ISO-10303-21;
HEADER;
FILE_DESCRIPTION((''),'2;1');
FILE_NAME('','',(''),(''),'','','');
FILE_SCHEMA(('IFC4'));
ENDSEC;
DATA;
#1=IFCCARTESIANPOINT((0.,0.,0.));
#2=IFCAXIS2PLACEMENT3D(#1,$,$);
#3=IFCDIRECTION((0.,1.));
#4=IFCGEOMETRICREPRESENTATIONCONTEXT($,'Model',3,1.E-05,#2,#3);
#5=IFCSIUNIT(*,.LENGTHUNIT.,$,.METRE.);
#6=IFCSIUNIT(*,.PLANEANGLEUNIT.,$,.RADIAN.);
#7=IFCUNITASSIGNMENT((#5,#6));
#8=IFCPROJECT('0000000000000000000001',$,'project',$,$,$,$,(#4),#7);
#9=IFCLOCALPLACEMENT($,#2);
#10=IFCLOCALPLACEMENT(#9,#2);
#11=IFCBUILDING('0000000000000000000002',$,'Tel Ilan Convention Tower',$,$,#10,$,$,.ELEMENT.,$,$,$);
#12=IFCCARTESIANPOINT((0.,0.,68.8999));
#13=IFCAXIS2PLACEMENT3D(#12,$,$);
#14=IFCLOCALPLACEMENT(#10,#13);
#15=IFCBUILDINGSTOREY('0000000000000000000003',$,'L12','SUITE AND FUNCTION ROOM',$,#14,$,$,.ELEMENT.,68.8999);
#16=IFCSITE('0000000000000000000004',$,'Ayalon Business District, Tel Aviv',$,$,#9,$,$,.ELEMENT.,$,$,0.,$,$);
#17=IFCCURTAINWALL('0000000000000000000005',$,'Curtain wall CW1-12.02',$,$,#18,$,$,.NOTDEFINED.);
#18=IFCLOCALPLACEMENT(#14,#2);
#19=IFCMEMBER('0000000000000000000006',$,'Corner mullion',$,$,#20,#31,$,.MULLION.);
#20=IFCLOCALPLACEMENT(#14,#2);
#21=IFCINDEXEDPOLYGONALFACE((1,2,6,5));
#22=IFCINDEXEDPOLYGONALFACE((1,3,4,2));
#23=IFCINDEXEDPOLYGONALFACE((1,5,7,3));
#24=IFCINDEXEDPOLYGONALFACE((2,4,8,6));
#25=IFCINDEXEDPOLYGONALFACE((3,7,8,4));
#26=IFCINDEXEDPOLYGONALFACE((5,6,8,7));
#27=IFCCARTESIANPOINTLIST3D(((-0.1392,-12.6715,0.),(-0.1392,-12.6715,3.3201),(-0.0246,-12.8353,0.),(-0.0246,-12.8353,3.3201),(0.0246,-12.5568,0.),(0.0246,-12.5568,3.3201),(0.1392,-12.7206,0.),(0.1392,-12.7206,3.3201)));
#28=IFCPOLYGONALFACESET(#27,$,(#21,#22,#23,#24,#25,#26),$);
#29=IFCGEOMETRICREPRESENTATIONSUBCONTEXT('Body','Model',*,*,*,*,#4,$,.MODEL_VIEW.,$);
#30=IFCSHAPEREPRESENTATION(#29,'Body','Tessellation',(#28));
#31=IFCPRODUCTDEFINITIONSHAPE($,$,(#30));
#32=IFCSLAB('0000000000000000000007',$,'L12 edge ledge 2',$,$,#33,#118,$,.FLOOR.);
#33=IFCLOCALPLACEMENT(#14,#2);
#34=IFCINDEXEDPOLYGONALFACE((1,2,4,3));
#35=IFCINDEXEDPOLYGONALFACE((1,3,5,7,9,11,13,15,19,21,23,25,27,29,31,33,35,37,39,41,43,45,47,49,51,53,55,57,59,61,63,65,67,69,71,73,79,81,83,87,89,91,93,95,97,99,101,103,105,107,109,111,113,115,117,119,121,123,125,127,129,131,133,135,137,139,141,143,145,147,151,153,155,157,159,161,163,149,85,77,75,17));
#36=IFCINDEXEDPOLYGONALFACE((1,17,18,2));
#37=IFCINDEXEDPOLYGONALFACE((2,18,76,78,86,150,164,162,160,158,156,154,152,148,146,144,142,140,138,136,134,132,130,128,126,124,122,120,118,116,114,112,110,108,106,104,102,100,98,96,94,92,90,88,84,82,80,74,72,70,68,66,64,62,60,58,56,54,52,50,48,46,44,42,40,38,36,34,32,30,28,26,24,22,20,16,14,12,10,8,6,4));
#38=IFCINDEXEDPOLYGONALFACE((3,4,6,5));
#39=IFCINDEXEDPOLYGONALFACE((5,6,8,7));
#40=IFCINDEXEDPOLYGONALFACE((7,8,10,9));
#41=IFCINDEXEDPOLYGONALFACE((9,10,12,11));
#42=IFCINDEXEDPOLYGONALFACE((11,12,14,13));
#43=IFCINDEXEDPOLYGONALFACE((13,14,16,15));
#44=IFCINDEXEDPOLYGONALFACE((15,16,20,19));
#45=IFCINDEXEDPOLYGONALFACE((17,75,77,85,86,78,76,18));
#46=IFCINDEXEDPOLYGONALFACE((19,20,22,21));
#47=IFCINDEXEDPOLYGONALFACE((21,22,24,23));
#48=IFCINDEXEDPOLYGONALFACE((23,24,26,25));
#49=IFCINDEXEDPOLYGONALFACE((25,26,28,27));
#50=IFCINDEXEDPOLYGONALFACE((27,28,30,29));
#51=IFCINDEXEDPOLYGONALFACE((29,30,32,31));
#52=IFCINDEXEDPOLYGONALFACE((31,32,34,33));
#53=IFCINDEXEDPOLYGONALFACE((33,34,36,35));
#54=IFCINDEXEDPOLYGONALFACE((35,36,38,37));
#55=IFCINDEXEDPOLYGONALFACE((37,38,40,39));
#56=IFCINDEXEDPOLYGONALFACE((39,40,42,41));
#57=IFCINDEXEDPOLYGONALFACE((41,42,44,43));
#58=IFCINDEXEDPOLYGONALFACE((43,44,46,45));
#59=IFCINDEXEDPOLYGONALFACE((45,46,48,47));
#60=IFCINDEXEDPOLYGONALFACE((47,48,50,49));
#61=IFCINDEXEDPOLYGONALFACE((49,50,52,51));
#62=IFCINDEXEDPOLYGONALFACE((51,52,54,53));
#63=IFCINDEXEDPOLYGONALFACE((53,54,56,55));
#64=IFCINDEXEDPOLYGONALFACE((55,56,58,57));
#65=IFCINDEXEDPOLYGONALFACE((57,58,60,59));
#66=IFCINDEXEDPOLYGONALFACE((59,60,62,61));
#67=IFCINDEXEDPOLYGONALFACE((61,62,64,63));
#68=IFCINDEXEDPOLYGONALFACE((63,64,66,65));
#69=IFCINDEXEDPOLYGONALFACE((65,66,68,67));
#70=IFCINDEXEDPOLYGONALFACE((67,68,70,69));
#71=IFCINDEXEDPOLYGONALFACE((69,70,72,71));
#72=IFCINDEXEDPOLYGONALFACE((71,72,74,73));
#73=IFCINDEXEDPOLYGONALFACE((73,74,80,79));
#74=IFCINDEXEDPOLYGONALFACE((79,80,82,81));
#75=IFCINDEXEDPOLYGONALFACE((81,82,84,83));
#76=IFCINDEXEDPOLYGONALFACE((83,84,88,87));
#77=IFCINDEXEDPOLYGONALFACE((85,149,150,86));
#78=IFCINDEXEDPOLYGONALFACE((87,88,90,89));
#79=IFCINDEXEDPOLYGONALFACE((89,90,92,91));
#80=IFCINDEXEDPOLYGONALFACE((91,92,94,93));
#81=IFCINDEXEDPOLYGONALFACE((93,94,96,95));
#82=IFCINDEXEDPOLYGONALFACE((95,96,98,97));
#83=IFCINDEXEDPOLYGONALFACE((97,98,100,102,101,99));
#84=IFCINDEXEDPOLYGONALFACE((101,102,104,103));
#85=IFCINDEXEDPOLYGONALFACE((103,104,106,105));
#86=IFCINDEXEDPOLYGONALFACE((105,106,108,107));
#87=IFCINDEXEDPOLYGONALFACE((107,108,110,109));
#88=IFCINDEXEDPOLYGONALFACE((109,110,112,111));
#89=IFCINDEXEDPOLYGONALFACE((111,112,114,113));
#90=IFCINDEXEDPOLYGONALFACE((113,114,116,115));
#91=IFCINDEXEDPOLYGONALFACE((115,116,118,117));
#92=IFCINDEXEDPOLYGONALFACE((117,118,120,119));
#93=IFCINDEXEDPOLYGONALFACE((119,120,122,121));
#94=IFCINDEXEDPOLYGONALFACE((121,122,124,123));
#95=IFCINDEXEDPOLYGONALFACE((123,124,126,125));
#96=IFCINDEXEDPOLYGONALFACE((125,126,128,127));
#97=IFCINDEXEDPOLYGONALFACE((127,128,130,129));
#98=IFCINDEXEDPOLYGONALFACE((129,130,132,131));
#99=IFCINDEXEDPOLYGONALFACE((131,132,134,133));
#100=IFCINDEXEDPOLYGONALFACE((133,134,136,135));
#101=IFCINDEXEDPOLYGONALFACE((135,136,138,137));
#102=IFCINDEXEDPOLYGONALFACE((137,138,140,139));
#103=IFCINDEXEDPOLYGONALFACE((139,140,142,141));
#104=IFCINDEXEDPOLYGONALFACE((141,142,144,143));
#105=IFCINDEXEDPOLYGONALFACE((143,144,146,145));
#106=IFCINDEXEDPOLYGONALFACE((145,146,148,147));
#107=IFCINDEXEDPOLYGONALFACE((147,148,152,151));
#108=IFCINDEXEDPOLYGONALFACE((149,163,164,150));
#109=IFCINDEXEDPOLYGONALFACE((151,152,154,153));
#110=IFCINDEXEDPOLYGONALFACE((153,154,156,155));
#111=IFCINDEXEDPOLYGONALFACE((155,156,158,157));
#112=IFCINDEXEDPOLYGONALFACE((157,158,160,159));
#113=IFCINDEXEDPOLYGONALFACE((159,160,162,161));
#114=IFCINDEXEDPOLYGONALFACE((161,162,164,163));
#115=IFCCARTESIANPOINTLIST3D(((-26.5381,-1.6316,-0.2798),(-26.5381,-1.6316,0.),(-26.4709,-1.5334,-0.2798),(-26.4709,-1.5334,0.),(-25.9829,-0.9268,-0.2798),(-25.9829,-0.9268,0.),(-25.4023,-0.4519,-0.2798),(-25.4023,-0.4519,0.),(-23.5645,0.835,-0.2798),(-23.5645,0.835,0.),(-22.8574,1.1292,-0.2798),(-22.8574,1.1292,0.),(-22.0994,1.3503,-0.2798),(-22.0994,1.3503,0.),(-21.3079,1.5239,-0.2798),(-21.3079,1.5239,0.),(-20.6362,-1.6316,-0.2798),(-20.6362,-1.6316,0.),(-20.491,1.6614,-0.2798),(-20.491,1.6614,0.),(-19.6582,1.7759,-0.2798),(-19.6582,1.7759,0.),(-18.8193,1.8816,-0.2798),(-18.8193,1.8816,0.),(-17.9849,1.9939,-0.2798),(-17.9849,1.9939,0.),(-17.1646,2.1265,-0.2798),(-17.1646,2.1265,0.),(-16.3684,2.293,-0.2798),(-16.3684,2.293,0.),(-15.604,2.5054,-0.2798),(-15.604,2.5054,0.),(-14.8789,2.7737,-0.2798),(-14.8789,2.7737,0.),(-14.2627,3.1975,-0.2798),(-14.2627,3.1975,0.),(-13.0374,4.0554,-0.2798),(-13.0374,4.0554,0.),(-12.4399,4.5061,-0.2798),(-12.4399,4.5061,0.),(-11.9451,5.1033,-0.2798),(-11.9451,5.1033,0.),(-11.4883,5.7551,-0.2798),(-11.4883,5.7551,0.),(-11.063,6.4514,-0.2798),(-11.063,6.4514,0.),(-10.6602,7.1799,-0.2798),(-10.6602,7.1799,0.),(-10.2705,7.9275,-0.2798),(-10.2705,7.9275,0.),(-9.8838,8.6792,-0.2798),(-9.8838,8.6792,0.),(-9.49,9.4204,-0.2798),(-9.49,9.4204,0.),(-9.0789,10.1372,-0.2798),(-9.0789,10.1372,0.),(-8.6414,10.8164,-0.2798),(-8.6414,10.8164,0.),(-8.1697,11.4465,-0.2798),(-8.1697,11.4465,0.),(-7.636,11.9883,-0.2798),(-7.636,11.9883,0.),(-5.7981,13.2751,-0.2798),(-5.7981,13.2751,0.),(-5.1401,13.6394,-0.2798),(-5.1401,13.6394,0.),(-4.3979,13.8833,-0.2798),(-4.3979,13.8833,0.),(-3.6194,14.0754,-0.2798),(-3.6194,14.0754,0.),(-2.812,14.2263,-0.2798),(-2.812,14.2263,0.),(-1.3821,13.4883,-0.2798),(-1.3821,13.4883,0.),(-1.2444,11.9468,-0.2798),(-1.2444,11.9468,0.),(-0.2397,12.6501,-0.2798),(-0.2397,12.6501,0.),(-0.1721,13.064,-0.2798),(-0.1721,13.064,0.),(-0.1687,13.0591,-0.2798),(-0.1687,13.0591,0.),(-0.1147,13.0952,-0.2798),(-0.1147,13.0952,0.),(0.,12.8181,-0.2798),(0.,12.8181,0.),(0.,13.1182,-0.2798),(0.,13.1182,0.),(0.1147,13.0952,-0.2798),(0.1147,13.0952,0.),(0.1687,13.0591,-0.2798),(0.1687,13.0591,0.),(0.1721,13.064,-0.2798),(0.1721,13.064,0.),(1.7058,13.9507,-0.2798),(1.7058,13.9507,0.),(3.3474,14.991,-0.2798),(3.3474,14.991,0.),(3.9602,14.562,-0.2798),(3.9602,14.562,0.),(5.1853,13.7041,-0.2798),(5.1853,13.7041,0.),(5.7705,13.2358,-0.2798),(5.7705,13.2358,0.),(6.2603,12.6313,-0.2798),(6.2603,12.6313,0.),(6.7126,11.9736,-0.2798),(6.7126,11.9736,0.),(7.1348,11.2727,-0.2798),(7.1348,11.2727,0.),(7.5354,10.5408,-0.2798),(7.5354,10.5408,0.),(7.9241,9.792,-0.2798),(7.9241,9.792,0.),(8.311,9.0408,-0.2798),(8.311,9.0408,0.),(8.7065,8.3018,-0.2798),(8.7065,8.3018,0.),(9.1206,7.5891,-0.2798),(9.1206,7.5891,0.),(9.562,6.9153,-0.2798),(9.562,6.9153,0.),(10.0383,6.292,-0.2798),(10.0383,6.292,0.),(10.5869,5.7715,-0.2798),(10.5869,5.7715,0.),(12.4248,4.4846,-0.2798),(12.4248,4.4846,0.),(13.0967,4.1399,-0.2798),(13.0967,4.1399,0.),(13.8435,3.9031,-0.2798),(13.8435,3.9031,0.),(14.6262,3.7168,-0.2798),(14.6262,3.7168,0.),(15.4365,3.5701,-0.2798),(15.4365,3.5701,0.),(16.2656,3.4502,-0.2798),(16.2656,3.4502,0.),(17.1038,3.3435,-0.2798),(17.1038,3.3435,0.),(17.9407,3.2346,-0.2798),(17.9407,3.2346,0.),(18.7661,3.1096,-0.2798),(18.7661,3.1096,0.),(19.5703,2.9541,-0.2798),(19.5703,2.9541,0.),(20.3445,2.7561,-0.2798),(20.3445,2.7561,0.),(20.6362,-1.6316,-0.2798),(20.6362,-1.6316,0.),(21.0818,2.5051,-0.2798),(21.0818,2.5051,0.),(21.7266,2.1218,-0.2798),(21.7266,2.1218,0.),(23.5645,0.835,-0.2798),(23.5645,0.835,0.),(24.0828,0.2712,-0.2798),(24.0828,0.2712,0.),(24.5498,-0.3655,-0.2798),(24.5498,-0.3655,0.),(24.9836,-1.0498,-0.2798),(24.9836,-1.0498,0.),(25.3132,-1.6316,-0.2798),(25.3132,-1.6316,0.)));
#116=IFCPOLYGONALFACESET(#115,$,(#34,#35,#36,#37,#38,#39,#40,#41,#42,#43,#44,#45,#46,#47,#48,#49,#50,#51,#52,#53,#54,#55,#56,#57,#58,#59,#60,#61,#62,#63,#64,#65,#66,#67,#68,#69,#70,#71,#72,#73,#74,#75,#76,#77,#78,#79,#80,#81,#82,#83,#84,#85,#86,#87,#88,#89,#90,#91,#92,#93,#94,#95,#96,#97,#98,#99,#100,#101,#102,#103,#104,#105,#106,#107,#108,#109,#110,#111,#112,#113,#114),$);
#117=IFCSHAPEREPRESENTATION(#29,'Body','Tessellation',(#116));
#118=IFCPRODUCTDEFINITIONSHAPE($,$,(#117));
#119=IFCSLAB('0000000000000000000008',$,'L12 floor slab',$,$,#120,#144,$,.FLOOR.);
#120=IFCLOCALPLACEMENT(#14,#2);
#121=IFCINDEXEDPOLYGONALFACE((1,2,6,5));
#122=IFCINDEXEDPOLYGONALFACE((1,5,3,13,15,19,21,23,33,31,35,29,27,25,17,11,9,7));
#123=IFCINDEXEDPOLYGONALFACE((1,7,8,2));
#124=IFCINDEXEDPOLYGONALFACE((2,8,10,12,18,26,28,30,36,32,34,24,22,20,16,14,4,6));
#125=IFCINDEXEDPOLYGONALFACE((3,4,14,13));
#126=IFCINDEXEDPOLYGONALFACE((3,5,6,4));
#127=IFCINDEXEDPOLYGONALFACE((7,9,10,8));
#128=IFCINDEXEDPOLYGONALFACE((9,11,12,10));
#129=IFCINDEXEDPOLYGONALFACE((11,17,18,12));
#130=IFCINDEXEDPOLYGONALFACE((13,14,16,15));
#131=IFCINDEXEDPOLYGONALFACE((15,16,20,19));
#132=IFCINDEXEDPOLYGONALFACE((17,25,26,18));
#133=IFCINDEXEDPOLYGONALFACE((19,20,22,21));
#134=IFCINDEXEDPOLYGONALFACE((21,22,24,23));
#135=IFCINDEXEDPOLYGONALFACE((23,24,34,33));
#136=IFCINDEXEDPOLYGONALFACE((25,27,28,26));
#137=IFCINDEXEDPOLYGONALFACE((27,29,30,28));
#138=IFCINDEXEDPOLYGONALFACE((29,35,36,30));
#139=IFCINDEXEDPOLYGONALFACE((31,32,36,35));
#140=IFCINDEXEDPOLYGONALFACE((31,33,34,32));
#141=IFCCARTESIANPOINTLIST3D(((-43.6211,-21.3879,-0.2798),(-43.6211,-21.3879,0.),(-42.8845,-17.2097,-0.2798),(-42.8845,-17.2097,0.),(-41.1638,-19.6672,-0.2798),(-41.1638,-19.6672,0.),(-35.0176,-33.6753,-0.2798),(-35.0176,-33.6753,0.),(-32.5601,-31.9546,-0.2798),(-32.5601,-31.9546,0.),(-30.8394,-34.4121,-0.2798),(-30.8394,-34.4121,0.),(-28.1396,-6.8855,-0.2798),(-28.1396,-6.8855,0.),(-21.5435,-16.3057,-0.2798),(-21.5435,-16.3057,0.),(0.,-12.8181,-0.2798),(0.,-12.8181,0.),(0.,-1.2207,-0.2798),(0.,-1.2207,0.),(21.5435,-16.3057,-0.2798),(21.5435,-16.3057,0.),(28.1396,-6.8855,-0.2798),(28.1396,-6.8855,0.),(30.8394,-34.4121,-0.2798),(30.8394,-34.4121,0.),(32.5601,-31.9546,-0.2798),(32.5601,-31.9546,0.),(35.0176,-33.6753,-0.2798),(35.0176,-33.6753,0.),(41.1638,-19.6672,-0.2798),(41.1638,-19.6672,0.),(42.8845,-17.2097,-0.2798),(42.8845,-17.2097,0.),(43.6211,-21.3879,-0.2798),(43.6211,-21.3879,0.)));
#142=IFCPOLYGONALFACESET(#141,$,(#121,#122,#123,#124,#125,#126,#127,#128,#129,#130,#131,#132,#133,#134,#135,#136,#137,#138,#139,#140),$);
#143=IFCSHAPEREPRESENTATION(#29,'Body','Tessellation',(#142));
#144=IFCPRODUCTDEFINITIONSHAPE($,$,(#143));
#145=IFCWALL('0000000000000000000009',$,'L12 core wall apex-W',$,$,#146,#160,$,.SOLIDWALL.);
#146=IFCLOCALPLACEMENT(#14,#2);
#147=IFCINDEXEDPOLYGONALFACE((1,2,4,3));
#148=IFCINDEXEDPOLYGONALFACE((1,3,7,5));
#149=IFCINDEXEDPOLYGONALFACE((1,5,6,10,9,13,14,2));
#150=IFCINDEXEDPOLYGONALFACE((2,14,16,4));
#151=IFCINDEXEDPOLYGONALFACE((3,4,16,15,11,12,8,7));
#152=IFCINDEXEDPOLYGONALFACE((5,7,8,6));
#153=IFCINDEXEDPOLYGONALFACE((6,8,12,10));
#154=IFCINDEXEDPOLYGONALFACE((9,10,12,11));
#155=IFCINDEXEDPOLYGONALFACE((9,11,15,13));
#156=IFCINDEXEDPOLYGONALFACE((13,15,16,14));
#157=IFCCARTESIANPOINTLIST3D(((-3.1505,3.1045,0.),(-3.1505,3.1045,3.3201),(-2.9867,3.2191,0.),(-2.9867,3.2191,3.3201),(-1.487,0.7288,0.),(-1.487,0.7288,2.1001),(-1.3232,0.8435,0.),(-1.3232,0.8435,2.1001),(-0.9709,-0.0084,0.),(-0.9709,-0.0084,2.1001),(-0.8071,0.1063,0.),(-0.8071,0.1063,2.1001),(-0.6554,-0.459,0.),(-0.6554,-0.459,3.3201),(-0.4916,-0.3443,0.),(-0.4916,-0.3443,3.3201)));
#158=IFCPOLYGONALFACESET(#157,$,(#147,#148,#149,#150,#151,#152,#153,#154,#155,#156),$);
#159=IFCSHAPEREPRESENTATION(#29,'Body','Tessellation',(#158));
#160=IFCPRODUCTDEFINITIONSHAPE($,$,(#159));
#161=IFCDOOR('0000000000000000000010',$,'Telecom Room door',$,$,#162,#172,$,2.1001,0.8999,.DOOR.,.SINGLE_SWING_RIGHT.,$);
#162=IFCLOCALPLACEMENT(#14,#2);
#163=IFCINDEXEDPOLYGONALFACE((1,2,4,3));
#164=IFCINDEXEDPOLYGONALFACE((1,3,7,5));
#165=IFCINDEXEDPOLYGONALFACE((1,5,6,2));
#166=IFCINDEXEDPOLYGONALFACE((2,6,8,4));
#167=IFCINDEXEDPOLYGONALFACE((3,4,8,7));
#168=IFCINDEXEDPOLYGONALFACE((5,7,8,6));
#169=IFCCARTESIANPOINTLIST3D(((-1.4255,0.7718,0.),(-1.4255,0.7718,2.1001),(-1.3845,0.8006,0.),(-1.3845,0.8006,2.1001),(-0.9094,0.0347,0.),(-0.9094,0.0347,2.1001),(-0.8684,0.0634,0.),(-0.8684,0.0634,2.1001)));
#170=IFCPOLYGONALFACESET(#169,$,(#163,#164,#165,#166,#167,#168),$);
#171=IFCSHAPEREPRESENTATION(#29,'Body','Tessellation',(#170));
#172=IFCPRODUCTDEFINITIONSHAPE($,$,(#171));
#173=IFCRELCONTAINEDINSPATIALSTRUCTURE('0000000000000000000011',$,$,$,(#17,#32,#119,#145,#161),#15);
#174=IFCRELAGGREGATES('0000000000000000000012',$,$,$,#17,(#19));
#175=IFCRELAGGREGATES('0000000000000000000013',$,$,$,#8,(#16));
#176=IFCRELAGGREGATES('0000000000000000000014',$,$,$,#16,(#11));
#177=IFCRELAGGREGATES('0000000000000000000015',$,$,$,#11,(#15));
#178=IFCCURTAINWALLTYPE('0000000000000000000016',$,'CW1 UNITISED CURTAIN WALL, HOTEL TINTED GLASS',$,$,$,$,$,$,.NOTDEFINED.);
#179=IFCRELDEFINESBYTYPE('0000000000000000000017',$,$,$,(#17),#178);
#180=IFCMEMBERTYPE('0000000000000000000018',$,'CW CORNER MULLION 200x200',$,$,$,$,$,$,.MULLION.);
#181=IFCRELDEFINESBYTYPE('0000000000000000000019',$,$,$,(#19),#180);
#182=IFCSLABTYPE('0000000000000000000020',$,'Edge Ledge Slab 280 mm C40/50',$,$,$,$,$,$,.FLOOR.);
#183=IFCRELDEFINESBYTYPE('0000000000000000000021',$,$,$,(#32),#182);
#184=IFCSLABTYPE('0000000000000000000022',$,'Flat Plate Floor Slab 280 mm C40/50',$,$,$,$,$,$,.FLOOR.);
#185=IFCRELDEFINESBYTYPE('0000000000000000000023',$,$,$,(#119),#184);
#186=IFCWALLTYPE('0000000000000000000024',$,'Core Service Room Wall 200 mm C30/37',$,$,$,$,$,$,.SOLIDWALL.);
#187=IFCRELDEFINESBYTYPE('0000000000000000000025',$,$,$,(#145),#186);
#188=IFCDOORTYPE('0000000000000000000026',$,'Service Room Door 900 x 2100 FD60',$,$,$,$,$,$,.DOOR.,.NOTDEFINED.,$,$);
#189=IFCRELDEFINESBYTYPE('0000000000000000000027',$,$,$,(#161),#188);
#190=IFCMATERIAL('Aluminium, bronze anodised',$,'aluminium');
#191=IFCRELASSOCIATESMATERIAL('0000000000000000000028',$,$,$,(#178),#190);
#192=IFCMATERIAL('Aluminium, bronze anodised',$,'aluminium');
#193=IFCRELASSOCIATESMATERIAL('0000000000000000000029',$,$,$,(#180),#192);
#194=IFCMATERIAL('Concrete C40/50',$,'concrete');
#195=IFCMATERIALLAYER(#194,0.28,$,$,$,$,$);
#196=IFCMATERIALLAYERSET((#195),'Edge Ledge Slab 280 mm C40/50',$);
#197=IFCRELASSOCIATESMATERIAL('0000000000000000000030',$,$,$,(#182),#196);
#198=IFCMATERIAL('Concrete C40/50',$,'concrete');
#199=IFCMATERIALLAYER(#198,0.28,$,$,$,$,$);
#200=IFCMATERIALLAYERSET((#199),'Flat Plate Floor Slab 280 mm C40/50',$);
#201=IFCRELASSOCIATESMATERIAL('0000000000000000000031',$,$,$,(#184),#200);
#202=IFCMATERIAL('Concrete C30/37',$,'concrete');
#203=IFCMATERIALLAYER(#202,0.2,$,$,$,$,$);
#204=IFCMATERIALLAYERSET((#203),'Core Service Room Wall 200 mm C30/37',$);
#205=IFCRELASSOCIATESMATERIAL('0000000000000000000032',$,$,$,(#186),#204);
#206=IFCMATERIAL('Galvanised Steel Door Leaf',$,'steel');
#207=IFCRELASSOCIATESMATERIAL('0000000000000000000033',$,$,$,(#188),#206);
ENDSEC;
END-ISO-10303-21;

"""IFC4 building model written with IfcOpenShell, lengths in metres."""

from ifc_helpers import new_model, si_unit, direction, frame, frame_2d, origin, origin_2d, place, context, subcontext, project, spatial, polyline, rectangle, outline, extrude, material, layer, layer_set, material_profile, profile_set, type_object, element, fill, aggregate, save


model = new_model("IFC4")

# Units and contexts
model_context = context("Model", 3, precision=1e-05, world=origin(), true_north=direction((0.0, 1.0)))
body_context = subcontext(model_context, "Body", "Model", "MODEL_VIEW")
ifc_project = project(units=[si_unit("LENGTHUNIT", "METRE"), si_unit("PLANEANGLEUNIT", "RADIAN")], contexts=[model_context])

# Site, building, storey
site_placement = place(None, origin())
site = spatial("IfcSite", under=ifc_project, at=site_placement, Name="Ayalon Business District, Tel Aviv", CompositionType="ELEMENT", RefElevation=0.0)
building_placement = place(site_placement, origin())
building = spatial("IfcBuilding", under=site, at=building_placement, Name="Tel Ilan Convention Tower", CompositionType="ELEMENT")
storey_placement = place(building_placement, frame((0.0, 0.0, 68.8999)))
storey = spatial("IfcBuildingStorey", under=building, at=storey_placement, Name="L12", Description="SUITE AND FUNCTION ROOM", CompositionType="ELEMENT", Elevation=68.8999)

# Curtain wall, member
ifc_material_1 = material(Name="Aluminium, bronze anodised", Category="aluminium")
curtain_wall_type = type_object("IfcCurtainWallType", Name="CW1 UNITISED CURTAIN WALL, HOTEL TINTED GLASS", PredefinedType="NOTDEFINED", material=ifc_material_1)
curtain_wall_placement = place(storey_placement, origin())
curtain_wall = element("IfcCurtainWall", 1, at=curtain_wall_placement, inside=storey, type_object=curtain_wall_type, Name="Curtain wall CW1-12.02", PredefinedType="NOTDEFINED")
ifc_material_2 = material(Name="Aluminium, bronze anodised", Category="aluminium")
ifc_material_profile = material_profile(ifc_material_2, rectangle(XDim=0.2, YDim=0.2, at=origin_2d()), Name="CW CORNER MULLION 200x200")
ifc_profile_set = profile_set([ifc_material_profile], Name="Aluminium, bronze anodised")
member_type = type_object("IfcMemberType", Name="CW CORNER MULLION 200x200", PredefinedType="MULLION", material=ifc_profile_set)
member_placement = place(storey_placement, frame((0.0, -12.696, 0.0), z_axis=(0.0, 0.0, 1.0), x_axis=(0.819152, 0.573576, 0.0)))
member = element("IfcMember", 2, at=member_placement, type_object=member_type, Name="Corner mullion", PredefinedType="MULLION", context=body_context, shape_type="SweptSolid", body=[
    extrude(rectangle(XDim=0.2, YDim=0.2, at=origin_2d()), origin(), (0.0, 0.0, 1.0), 3.3201),
])
aggregate(curtain_wall, [member])

# Slabs
ifc_material_3 = material(Name="Concrete C40/50", Category="concrete")
ifc_layer_1 = layer(ifc_material_3, 0.28)
ifc_layer_set_1 = layer_set([ifc_layer_1], Name="Edge Ledge Slab 280 mm C40/50")
slab_type_1 = type_object("IfcSlabType", Name="Edge Ledge Slab 280 mm C40/50", PredefinedType="FLOOR", material=ifc_layer_set_1)
slab_1_placement = place(storey_placement, frame((0.0, 0.0, -0.2798)))
element("IfcSlab", 3, at=slab_1_placement, inside=storey, type_object=slab_type_1, Name="L12 edge ledge 2", PredefinedType="FLOOR", context=body_context, shape_type="SweptSolid", body=[
    extrude(outline(polyline([(-23.5645, 0.835), (-22.8574, 1.1292), (-22.0994, 1.3503), (-21.3079, 1.5239), (-20.491, 1.6614), (-19.6582, 1.7759), (-18.8193, 1.8816), (-17.9849, 1.9939), (-17.1646, 2.1265), (-16.3684, 2.293), (-15.604, 2.5054), (-14.8789, 2.7737), (-14.2627, 3.1975), (-13.0374, 4.0554), (-12.4399, 4.5061), (-11.9451, 5.1033), (-11.4883, 5.7551), (-11.063, 6.4514), (-10.6602, 7.1799), (-10.2705, 7.9275), (-9.8838, 8.6792), (-9.49, 9.4204), (-9.0789, 10.1372), (-8.6414, 10.8164), (-8.1697, 11.4465), (-7.636, 11.9883), (-5.7981, 13.2751), (-5.1401, 13.6394), (-4.3979, 13.8833), (-3.6194, 14.0754), (-2.812, 14.2263), (-1.3821, 13.4883), (-0.1721, 13.064), (-0.1687, 13.0591), (-0.1147, 13.0952), (0.0, 13.1182), (0.1147, 13.0952), (0.1687, 13.0591), (0.1721, 13.064), (1.7058, 13.9507), (3.3474, 14.991), (3.9602, 14.562), (5.1853, 13.7041), (5.7705, 13.2358), (6.2603, 12.6313), (6.7126, 11.9736), (7.1348, 11.2727), (7.5354, 10.5408), (7.9241, 9.792), (8.311, 9.0408), (8.7065, 8.3018), (9.1206, 7.5891), (9.562, 6.9153), (10.0383, 6.292), (10.5869, 5.7715), (12.4248, 4.4846), (13.0967, 4.1399), (13.8435, 3.9031), (14.6262, 3.7168), (15.4365, 3.5701), (16.2656, 3.4502), (17.1038, 3.3435), (17.9407, 3.2346), (18.7661, 3.1096), (19.5703, 2.9541), (20.3445, 2.7561), (21.0818, 2.5051), (21.7266, 2.1218), (23.5645, 0.835), (24.0828, 0.2712), (24.5498, -0.3655), (24.9836, -1.0498), (25.3132, -1.6316), (20.6362, -1.6316), (0.0, 12.8181), (-0.2397, 12.6501), (-1.2444, 11.9468), (-20.6362, -1.6316), (-26.5381, -1.6316), (-26.4709, -1.5334), (-25.9829, -0.9268), (-25.4023, -0.4519), (-23.5645, 0.835)])), origin(), (0.0, 0.0, 1.0), 0.2798),
])
ifc_material_4 = material(Name="Concrete C40/50", Category="concrete")
ifc_layer_2 = layer(ifc_material_4, 0.28)
ifc_layer_set_2 = layer_set([ifc_layer_2], Name="Flat Plate Floor Slab 280 mm C40/50")
slab_type_2 = type_object("IfcSlabType", Name="Flat Plate Floor Slab 280 mm C40/50", PredefinedType="FLOOR", material=ifc_layer_set_2)
slab_2_placement = place(storey_placement, frame((0.0, 0.0, -0.2798)))
element("IfcSlab", 4, at=slab_2_placement, inside=storey, type_object=slab_type_2, Name="L12 floor slab", PredefinedType="FLOOR", context=body_context, shape_type="SweptSolid", body=[
    extrude(outline(polyline([(-21.5435, -16.3057), (0.0, -1.2207), (21.5435, -16.3057), (28.1396, -6.8855), (42.8845, -17.2097), (41.1638, -19.6672), (43.6211, -21.3879), (35.0176, -33.6753), (32.5601, -31.9546), (30.8394, -34.4121), (0.0, -12.8181), (-30.8394, -34.4121), (-32.5601, -31.9546), (-35.0176, -33.6753), (-43.6211, -21.3879), (-41.1638, -19.6672), (-42.8845, -17.2097), (-28.1396, -6.8855), (-21.5435, -16.3057)])), origin(), (0.0, 0.0, 1.0), 0.2798),
])

# Wall, opening, door
ifc_material_5 = material(Name="Concrete C30/37", Category="concrete")
ifc_layer_3 = layer(ifc_material_5, 0.2)
ifc_layer_set_3 = layer_set([ifc_layer_3], Name="Core Service Room Wall 200 mm C30/37")
wall_type_1 = type_object("IfcWallType", Name="Core Service Room Wall 200 mm C30/37", PredefinedType="SOLIDWALL", material=ifc_layer_set_3)
wall_1_placement = place(storey_placement, frame((-0.5735, -0.4016, 0.0), z_axis=(0.0, 0.0, 1.0), x_axis=(-0.573568, 0.819158, 0.0)))
wall_1 = element("IfcWall", 5, at=wall_1_placement, inside=storey, type_object=wall_type_1, Name="L12 core wall apex-W", PredefinedType="SOLIDWALL", context=body_context, shape_type="SweptSolid", body=[
    extrude(rectangle(XDim=4.3501, YDim=0.2, at=frame_2d((2.175, 0.0))), origin(), (0.0, 0.0, 1.0), 3.3201),
])
opening_1_placement = place(wall_1_placement, frame((0.55, 0.0, 0.0)))
opening_1 = element("IfcOpeningElement", 6, at=opening_1_placement, cuts=wall_1, PredefinedType="OPENING", context=body_context, shape_type="SweptSolid", body=[
    extrude(rectangle(XDim=0.8999, YDim=2.1001, at=frame_2d((0.45, 1.05))), frame((0.0, 0.1099, 0.0), z_axis=(0.0, -1.0, 0.0), x_axis=(1.0, 0.0, 0.0)), (0.0, 0.0, 1.0), 0.22),
])
ifc_material_6 = material(Name="Galvanised Steel Door Leaf", Category="steel")
door_type_1 = type_object("IfcDoorType", Name="Service Room Door 900 x 2100 FD60", OperationType="NOTDEFINED", PredefinedType="DOOR", material=ifc_material_6)
door_1_placement = place(opening_1_placement, origin())
door_1 = element("IfcDoor", 7, at=door_1_placement, inside=storey, type_object=door_type_1, Name="Telecom Room door", OperationType="SINGLE_SWING_RIGHT", OverallHeight=2.1001, OverallWidth=0.8999, PredefinedType="DOOR", context=body_context, shape_type="SweptSolid", body=[
    extrude(rectangle(XDim=0.8999, YDim=2.1001, at=frame_2d((0.45, 1.05))), frame((0.0, 0.0249, 0.0), z_axis=(0.0, -1.0, 0.0), x_axis=(1.0, 0.0, 0.0)), (0.0, 0.0, 1.0), 0.05),
])
fill(opening_1, door_1)

save(model, "model.ifc")
